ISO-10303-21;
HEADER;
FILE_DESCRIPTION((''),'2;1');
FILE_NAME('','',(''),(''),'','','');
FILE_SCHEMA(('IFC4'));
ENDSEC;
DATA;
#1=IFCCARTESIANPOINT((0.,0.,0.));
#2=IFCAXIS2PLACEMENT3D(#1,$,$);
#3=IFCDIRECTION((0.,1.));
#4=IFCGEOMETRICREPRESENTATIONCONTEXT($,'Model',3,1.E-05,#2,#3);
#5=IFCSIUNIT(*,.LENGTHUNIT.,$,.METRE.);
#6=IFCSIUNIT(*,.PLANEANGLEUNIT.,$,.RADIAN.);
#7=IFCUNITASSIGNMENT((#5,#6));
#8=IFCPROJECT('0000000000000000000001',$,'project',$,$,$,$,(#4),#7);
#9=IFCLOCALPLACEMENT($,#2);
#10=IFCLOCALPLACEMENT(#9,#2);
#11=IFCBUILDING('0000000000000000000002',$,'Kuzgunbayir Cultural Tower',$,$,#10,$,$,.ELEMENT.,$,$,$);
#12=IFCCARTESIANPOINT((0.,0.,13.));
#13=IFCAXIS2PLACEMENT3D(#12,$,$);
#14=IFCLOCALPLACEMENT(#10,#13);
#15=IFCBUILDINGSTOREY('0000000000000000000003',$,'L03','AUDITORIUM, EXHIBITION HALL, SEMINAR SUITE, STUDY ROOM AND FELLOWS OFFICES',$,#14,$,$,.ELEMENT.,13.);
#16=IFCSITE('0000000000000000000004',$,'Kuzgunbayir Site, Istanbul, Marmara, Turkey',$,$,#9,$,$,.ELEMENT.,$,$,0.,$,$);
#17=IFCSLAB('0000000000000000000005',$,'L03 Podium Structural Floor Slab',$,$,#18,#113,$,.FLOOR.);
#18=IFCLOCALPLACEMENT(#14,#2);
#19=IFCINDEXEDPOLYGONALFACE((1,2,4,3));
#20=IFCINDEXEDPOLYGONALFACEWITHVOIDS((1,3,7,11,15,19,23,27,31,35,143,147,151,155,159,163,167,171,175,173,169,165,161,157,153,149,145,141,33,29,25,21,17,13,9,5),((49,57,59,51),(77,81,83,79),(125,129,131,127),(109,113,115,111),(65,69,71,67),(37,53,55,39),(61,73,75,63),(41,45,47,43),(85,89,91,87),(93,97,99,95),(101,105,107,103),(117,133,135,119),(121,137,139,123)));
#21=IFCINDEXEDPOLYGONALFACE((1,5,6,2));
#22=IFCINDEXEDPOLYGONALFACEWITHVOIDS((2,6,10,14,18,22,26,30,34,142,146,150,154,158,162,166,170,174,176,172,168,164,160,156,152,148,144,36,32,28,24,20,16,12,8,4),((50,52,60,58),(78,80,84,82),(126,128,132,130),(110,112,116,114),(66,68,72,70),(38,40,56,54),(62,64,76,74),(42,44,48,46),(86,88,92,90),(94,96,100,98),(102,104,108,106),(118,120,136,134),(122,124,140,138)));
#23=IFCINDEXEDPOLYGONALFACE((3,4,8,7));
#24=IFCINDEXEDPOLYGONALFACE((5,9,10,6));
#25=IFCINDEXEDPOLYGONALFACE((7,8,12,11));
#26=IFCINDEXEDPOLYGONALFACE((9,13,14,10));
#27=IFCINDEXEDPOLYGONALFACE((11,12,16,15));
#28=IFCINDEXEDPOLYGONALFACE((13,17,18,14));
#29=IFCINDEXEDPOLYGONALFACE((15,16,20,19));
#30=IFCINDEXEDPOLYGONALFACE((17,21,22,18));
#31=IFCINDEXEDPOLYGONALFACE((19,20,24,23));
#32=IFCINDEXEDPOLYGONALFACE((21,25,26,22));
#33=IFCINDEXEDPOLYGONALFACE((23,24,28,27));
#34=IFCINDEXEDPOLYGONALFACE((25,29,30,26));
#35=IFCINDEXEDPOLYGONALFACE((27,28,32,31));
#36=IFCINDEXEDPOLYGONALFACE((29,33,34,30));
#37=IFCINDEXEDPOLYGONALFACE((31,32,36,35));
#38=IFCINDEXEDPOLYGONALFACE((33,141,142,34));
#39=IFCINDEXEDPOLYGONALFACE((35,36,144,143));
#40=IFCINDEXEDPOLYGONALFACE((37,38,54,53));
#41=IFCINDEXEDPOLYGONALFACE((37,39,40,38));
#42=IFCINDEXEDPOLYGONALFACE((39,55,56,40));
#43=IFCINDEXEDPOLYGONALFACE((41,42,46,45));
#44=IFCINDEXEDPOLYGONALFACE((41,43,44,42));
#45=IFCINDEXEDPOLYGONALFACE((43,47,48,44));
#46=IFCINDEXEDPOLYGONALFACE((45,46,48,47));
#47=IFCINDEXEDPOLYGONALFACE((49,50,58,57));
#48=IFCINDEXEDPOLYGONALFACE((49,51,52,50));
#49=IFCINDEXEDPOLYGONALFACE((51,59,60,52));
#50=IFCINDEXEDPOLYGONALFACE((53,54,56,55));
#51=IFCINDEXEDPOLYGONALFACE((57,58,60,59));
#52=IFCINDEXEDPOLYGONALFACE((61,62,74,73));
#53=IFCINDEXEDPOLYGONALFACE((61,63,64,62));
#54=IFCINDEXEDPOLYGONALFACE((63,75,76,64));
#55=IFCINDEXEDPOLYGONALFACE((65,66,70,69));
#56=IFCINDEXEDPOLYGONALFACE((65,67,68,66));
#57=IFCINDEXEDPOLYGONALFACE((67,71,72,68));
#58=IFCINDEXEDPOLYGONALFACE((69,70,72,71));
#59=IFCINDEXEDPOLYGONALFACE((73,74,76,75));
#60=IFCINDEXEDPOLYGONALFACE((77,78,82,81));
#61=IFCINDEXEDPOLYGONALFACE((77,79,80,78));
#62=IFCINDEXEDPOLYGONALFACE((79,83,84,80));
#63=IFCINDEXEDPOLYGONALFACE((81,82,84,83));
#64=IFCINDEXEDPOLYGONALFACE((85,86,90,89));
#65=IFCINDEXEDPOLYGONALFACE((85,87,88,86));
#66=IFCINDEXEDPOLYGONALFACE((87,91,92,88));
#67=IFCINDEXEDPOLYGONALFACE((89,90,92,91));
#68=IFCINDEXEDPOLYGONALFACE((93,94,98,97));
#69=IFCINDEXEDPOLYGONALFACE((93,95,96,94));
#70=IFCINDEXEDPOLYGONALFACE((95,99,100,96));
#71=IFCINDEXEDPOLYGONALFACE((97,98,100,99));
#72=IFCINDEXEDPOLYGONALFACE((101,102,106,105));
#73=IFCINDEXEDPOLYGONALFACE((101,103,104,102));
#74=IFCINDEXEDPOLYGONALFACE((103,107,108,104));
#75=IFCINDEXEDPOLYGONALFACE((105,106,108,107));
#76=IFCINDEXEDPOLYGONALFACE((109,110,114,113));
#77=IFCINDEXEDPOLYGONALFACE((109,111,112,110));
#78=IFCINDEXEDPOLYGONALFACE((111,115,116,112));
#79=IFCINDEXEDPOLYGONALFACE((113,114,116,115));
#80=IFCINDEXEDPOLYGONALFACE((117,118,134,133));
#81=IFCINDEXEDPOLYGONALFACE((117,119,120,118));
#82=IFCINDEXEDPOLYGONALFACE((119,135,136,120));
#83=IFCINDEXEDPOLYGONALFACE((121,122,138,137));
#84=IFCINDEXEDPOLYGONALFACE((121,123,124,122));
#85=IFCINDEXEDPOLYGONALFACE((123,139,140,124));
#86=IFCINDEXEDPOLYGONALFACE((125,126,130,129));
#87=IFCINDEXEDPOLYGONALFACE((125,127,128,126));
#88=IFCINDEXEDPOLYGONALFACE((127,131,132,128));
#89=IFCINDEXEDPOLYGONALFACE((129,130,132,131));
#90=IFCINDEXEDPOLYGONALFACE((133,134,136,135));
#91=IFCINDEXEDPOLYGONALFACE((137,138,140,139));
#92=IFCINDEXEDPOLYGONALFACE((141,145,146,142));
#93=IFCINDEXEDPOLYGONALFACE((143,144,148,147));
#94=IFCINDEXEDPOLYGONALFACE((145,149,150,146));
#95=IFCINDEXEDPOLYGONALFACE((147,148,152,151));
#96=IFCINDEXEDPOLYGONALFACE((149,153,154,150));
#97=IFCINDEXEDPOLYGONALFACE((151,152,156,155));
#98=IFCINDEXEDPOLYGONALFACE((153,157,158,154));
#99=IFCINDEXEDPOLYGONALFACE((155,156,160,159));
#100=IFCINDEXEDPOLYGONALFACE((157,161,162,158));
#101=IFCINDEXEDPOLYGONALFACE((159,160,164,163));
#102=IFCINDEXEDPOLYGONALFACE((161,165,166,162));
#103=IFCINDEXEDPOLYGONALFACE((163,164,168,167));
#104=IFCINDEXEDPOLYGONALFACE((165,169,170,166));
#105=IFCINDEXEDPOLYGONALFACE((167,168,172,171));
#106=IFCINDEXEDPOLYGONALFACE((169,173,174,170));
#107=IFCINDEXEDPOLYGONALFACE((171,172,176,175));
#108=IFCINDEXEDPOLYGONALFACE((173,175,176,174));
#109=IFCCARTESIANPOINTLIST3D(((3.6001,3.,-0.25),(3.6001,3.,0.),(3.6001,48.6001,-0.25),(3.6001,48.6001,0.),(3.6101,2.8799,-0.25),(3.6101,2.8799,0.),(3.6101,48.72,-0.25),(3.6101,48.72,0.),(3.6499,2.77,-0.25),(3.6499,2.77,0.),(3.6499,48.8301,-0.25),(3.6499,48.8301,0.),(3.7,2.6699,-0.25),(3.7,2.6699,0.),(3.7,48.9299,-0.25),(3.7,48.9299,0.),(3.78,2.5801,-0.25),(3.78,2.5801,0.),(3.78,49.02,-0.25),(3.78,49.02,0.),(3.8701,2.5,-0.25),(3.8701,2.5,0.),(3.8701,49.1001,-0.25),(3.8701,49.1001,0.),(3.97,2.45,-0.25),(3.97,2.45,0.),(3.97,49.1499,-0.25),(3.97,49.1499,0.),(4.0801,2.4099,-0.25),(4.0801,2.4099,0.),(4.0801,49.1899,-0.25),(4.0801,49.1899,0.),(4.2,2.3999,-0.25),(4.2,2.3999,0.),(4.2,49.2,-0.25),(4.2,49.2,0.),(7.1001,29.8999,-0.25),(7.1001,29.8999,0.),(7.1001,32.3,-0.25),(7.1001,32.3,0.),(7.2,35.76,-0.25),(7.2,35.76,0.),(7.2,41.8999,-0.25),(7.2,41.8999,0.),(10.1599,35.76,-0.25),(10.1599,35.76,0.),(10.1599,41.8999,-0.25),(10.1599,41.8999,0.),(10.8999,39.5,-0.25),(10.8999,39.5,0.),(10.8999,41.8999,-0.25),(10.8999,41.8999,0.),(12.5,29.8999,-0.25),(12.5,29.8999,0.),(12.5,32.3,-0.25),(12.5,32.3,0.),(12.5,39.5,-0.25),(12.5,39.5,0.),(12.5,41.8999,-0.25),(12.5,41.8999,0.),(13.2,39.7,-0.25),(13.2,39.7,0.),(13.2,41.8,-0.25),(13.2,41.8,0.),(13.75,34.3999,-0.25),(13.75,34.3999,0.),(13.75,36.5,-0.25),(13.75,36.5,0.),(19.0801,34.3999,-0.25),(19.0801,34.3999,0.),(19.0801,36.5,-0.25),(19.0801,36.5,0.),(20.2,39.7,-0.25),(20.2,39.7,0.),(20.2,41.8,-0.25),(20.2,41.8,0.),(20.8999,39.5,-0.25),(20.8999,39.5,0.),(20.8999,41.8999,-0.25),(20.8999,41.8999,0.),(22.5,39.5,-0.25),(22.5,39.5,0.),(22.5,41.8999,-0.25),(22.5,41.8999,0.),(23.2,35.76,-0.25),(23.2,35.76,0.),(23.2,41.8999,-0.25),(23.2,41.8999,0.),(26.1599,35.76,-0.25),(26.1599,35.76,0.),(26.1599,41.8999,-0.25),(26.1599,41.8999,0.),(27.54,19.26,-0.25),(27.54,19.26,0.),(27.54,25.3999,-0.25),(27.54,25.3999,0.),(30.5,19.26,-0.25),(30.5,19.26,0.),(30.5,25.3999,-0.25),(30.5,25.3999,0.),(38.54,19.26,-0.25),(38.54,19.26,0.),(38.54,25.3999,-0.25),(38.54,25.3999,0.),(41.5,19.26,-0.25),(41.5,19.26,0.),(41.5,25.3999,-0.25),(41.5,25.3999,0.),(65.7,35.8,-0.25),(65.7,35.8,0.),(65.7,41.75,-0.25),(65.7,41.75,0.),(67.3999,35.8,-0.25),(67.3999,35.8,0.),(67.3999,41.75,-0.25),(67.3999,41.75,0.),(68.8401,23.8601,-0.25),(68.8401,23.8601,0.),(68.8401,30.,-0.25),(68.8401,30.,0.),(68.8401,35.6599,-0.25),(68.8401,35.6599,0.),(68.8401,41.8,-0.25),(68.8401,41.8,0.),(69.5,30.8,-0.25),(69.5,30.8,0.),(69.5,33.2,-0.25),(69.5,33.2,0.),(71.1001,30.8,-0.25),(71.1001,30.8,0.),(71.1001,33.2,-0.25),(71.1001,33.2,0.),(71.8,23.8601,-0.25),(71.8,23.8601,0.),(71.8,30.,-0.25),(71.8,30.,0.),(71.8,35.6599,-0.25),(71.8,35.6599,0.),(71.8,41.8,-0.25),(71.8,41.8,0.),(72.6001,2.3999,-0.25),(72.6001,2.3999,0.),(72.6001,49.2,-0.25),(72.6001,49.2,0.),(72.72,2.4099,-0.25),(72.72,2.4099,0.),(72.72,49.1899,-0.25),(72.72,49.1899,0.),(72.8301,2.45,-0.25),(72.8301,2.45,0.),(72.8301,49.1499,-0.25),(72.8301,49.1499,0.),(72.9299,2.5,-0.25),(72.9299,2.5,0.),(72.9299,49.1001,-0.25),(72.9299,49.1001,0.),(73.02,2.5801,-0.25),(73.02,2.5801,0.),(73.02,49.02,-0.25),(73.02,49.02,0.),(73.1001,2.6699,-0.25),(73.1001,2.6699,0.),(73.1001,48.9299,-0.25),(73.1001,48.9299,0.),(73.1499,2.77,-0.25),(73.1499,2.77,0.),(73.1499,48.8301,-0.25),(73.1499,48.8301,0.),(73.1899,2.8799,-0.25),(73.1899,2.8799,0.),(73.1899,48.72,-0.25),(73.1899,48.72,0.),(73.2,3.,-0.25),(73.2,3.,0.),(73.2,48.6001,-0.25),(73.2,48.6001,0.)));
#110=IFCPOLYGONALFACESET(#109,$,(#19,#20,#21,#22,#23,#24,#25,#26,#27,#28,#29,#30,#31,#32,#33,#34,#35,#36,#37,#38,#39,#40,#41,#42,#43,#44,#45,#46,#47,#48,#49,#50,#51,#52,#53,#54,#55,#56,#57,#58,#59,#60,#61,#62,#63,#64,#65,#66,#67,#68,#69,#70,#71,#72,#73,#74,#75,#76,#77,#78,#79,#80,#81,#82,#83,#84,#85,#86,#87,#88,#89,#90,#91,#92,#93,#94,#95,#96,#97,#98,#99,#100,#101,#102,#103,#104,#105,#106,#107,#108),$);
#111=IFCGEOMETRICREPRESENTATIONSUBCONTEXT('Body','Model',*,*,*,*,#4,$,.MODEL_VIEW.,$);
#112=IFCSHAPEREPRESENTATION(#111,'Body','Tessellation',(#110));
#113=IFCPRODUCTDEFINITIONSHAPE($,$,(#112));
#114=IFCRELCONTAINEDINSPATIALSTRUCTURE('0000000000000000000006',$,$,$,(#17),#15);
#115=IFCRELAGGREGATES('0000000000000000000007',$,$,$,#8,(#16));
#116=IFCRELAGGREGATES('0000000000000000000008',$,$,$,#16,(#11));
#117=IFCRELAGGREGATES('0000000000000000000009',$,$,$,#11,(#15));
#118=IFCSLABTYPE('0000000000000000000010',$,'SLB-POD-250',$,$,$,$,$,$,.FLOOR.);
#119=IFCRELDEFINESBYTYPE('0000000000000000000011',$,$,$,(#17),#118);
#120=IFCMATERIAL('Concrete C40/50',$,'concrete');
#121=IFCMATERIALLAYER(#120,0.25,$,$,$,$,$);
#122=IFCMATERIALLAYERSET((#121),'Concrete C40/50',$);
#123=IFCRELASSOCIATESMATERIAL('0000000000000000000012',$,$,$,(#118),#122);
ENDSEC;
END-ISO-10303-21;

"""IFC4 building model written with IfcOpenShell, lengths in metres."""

from ifc_helpers import new_model, si_unit, direction, frame, origin, place, context, subcontext, project, spatial, polyline, outline, extrude, material, layer, layer_set, type_object, element, save


model = new_model("IFC4")

# Units and contexts
model_context = context("Model", 3, precision=1e-05, world=origin(), true_north=direction((0.0, 1.0)))
body_context = subcontext(model_context, "Body", "Model", "MODEL_VIEW")
ifc_project = project(units=[si_unit("LENGTHUNIT", "METRE"), si_unit("PLANEANGLEUNIT", "RADIAN")], contexts=[model_context])

# Site, building, storey
site_placement = place(None, origin())
site = spatial("IfcSite", under=ifc_project, at=site_placement, Name="Kuzgunbayir Site, Istanbul, Marmara, Turkey", CompositionType="ELEMENT", RefElevation=0.0)
building_placement = place(site_placement, origin())
building = spatial("IfcBuilding", under=site, at=building_placement, Name="Kuzgunbayir Cultural Tower", CompositionType="ELEMENT")
storey_placement = place(building_placement, frame((0.0, 0.0, 13.0)))
storey = spatial("IfcBuildingStorey", under=building, at=storey_placement, Name="L03", Description="AUDITORIUM, EXHIBITION HALL, SEMINAR SUITE, STUDY ROOM AND FELLOWS OFFICES", CompositionType="ELEMENT", Elevation=13.0)

# Shared definitions
ifc_material_1 = material(Name="Concrete C40/50", Category="concrete")

# Slab
ifc_layer_1 = layer(ifc_material_1, 0.25)
ifc_layer_set_1 = layer_set([ifc_layer_1], Name="Concrete C40/50")
slab_type_1 = type_object("IfcSlabType", Name="SLB-POD-250", PredefinedType="FLOOR", material=ifc_layer_set_1)
slab_1_placement = place(storey_placement, frame((0.0, 0.0, -0.25)))
element("IfcSlab", 1, at=slab_1_placement, inside=storey, type_object=slab_type_1, Name="L03 Podium Structural Floor Slab", PredefinedType="FLOOR", context=body_context, shape_type="SweptSolid", body=[
    extrude(outline(polyline([(72.6001, 2.3999), (72.72, 2.4099), (72.8301, 2.45), (72.9299, 2.5), (73.02, 2.5801), (73.1001, 2.6699), (73.1499, 2.77), (73.1899, 2.8799), (73.2, 3.0), (73.2, 48.6001), (73.1899, 48.72), (73.1499, 48.8301), (73.1001, 48.9299), (73.02, 49.02), (72.9299, 49.1001), (72.8301, 49.1499), (72.72, 49.1899), (72.6001, 49.2), (4.2, 49.2), (4.0801, 49.1899), (3.97, 49.1499), (3.8701, 49.1001), (3.78, 49.02), (3.7, 48.9299), (3.6499, 48.8301), (3.6101, 48.72), (3.6001, 48.6001), (3.6001, 3.0), (3.6101, 2.8799), (3.6499, 2.77), (3.7, 2.6699), (3.78, 2.5801), (3.8701, 2.5), (3.97, 2.45), (4.0801, 2.4099), (4.2, 2.3999), (72.6001, 2.3999)]), holes=[polyline([(7.2, 35.76), (7.2, 41.8999), (10.1599, 41.8999), (10.1599, 35.76), (7.2, 35.76)]), polyline([(23.2, 35.76), (23.2, 41.8999), (26.1599, 41.8999), (26.1599, 35.76), (23.2, 35.76)]), polyline([(68.8401, 23.8601), (68.8401, 30.0), (71.8, 30.0), (71.8, 23.8601), (68.8401, 23.8601)]), polyline([(68.8401, 35.6599), (68.8401, 41.8), (71.8, 41.8), (71.8, 35.6599), (68.8401, 35.6599)]), polyline([(27.54, 19.26), (27.54, 25.3999), (30.5, 25.3999), (30.5, 19.26), (27.54, 19.26)]), polyline([(38.54, 19.26), (38.54, 25.3999), (41.5, 25.3999), (41.5, 19.26), (38.54, 19.26)]), polyline([(13.2, 39.7), (13.2, 41.8), (20.2, 41.8), (20.2, 39.7), (13.2, 39.7)]), polyline([(13.75, 34.3999), (13.75, 36.5), (19.0801, 36.5), (19.0801, 34.3999), (13.75, 34.3999)]), polyline([(7.1001, 29.8999), (7.1001, 32.3), (12.5, 32.3), (12.5, 29.8999), (7.1001, 29.8999)]), polyline([(10.8999, 39.5), (10.8999, 41.8999), (12.5, 41.8999), (12.5, 39.5), (10.8999, 39.5)]), polyline([(20.8999, 39.5), (20.8999, 41.8999), (22.5, 41.8999), (22.5, 39.5), (20.8999, 39.5)]), polyline([(65.7, 35.8), (65.7, 41.75), (67.3999, 41.75), (67.3999, 35.8), (65.7, 35.8)]), polyline([(69.5, 30.8), (69.5, 33.2), (71.1001, 33.2), (71.1001, 30.8), (69.5, 30.8)])]), origin(), (0.0, 0.0, 1.0), 0.25),
])

save(model, "model.ifc")
